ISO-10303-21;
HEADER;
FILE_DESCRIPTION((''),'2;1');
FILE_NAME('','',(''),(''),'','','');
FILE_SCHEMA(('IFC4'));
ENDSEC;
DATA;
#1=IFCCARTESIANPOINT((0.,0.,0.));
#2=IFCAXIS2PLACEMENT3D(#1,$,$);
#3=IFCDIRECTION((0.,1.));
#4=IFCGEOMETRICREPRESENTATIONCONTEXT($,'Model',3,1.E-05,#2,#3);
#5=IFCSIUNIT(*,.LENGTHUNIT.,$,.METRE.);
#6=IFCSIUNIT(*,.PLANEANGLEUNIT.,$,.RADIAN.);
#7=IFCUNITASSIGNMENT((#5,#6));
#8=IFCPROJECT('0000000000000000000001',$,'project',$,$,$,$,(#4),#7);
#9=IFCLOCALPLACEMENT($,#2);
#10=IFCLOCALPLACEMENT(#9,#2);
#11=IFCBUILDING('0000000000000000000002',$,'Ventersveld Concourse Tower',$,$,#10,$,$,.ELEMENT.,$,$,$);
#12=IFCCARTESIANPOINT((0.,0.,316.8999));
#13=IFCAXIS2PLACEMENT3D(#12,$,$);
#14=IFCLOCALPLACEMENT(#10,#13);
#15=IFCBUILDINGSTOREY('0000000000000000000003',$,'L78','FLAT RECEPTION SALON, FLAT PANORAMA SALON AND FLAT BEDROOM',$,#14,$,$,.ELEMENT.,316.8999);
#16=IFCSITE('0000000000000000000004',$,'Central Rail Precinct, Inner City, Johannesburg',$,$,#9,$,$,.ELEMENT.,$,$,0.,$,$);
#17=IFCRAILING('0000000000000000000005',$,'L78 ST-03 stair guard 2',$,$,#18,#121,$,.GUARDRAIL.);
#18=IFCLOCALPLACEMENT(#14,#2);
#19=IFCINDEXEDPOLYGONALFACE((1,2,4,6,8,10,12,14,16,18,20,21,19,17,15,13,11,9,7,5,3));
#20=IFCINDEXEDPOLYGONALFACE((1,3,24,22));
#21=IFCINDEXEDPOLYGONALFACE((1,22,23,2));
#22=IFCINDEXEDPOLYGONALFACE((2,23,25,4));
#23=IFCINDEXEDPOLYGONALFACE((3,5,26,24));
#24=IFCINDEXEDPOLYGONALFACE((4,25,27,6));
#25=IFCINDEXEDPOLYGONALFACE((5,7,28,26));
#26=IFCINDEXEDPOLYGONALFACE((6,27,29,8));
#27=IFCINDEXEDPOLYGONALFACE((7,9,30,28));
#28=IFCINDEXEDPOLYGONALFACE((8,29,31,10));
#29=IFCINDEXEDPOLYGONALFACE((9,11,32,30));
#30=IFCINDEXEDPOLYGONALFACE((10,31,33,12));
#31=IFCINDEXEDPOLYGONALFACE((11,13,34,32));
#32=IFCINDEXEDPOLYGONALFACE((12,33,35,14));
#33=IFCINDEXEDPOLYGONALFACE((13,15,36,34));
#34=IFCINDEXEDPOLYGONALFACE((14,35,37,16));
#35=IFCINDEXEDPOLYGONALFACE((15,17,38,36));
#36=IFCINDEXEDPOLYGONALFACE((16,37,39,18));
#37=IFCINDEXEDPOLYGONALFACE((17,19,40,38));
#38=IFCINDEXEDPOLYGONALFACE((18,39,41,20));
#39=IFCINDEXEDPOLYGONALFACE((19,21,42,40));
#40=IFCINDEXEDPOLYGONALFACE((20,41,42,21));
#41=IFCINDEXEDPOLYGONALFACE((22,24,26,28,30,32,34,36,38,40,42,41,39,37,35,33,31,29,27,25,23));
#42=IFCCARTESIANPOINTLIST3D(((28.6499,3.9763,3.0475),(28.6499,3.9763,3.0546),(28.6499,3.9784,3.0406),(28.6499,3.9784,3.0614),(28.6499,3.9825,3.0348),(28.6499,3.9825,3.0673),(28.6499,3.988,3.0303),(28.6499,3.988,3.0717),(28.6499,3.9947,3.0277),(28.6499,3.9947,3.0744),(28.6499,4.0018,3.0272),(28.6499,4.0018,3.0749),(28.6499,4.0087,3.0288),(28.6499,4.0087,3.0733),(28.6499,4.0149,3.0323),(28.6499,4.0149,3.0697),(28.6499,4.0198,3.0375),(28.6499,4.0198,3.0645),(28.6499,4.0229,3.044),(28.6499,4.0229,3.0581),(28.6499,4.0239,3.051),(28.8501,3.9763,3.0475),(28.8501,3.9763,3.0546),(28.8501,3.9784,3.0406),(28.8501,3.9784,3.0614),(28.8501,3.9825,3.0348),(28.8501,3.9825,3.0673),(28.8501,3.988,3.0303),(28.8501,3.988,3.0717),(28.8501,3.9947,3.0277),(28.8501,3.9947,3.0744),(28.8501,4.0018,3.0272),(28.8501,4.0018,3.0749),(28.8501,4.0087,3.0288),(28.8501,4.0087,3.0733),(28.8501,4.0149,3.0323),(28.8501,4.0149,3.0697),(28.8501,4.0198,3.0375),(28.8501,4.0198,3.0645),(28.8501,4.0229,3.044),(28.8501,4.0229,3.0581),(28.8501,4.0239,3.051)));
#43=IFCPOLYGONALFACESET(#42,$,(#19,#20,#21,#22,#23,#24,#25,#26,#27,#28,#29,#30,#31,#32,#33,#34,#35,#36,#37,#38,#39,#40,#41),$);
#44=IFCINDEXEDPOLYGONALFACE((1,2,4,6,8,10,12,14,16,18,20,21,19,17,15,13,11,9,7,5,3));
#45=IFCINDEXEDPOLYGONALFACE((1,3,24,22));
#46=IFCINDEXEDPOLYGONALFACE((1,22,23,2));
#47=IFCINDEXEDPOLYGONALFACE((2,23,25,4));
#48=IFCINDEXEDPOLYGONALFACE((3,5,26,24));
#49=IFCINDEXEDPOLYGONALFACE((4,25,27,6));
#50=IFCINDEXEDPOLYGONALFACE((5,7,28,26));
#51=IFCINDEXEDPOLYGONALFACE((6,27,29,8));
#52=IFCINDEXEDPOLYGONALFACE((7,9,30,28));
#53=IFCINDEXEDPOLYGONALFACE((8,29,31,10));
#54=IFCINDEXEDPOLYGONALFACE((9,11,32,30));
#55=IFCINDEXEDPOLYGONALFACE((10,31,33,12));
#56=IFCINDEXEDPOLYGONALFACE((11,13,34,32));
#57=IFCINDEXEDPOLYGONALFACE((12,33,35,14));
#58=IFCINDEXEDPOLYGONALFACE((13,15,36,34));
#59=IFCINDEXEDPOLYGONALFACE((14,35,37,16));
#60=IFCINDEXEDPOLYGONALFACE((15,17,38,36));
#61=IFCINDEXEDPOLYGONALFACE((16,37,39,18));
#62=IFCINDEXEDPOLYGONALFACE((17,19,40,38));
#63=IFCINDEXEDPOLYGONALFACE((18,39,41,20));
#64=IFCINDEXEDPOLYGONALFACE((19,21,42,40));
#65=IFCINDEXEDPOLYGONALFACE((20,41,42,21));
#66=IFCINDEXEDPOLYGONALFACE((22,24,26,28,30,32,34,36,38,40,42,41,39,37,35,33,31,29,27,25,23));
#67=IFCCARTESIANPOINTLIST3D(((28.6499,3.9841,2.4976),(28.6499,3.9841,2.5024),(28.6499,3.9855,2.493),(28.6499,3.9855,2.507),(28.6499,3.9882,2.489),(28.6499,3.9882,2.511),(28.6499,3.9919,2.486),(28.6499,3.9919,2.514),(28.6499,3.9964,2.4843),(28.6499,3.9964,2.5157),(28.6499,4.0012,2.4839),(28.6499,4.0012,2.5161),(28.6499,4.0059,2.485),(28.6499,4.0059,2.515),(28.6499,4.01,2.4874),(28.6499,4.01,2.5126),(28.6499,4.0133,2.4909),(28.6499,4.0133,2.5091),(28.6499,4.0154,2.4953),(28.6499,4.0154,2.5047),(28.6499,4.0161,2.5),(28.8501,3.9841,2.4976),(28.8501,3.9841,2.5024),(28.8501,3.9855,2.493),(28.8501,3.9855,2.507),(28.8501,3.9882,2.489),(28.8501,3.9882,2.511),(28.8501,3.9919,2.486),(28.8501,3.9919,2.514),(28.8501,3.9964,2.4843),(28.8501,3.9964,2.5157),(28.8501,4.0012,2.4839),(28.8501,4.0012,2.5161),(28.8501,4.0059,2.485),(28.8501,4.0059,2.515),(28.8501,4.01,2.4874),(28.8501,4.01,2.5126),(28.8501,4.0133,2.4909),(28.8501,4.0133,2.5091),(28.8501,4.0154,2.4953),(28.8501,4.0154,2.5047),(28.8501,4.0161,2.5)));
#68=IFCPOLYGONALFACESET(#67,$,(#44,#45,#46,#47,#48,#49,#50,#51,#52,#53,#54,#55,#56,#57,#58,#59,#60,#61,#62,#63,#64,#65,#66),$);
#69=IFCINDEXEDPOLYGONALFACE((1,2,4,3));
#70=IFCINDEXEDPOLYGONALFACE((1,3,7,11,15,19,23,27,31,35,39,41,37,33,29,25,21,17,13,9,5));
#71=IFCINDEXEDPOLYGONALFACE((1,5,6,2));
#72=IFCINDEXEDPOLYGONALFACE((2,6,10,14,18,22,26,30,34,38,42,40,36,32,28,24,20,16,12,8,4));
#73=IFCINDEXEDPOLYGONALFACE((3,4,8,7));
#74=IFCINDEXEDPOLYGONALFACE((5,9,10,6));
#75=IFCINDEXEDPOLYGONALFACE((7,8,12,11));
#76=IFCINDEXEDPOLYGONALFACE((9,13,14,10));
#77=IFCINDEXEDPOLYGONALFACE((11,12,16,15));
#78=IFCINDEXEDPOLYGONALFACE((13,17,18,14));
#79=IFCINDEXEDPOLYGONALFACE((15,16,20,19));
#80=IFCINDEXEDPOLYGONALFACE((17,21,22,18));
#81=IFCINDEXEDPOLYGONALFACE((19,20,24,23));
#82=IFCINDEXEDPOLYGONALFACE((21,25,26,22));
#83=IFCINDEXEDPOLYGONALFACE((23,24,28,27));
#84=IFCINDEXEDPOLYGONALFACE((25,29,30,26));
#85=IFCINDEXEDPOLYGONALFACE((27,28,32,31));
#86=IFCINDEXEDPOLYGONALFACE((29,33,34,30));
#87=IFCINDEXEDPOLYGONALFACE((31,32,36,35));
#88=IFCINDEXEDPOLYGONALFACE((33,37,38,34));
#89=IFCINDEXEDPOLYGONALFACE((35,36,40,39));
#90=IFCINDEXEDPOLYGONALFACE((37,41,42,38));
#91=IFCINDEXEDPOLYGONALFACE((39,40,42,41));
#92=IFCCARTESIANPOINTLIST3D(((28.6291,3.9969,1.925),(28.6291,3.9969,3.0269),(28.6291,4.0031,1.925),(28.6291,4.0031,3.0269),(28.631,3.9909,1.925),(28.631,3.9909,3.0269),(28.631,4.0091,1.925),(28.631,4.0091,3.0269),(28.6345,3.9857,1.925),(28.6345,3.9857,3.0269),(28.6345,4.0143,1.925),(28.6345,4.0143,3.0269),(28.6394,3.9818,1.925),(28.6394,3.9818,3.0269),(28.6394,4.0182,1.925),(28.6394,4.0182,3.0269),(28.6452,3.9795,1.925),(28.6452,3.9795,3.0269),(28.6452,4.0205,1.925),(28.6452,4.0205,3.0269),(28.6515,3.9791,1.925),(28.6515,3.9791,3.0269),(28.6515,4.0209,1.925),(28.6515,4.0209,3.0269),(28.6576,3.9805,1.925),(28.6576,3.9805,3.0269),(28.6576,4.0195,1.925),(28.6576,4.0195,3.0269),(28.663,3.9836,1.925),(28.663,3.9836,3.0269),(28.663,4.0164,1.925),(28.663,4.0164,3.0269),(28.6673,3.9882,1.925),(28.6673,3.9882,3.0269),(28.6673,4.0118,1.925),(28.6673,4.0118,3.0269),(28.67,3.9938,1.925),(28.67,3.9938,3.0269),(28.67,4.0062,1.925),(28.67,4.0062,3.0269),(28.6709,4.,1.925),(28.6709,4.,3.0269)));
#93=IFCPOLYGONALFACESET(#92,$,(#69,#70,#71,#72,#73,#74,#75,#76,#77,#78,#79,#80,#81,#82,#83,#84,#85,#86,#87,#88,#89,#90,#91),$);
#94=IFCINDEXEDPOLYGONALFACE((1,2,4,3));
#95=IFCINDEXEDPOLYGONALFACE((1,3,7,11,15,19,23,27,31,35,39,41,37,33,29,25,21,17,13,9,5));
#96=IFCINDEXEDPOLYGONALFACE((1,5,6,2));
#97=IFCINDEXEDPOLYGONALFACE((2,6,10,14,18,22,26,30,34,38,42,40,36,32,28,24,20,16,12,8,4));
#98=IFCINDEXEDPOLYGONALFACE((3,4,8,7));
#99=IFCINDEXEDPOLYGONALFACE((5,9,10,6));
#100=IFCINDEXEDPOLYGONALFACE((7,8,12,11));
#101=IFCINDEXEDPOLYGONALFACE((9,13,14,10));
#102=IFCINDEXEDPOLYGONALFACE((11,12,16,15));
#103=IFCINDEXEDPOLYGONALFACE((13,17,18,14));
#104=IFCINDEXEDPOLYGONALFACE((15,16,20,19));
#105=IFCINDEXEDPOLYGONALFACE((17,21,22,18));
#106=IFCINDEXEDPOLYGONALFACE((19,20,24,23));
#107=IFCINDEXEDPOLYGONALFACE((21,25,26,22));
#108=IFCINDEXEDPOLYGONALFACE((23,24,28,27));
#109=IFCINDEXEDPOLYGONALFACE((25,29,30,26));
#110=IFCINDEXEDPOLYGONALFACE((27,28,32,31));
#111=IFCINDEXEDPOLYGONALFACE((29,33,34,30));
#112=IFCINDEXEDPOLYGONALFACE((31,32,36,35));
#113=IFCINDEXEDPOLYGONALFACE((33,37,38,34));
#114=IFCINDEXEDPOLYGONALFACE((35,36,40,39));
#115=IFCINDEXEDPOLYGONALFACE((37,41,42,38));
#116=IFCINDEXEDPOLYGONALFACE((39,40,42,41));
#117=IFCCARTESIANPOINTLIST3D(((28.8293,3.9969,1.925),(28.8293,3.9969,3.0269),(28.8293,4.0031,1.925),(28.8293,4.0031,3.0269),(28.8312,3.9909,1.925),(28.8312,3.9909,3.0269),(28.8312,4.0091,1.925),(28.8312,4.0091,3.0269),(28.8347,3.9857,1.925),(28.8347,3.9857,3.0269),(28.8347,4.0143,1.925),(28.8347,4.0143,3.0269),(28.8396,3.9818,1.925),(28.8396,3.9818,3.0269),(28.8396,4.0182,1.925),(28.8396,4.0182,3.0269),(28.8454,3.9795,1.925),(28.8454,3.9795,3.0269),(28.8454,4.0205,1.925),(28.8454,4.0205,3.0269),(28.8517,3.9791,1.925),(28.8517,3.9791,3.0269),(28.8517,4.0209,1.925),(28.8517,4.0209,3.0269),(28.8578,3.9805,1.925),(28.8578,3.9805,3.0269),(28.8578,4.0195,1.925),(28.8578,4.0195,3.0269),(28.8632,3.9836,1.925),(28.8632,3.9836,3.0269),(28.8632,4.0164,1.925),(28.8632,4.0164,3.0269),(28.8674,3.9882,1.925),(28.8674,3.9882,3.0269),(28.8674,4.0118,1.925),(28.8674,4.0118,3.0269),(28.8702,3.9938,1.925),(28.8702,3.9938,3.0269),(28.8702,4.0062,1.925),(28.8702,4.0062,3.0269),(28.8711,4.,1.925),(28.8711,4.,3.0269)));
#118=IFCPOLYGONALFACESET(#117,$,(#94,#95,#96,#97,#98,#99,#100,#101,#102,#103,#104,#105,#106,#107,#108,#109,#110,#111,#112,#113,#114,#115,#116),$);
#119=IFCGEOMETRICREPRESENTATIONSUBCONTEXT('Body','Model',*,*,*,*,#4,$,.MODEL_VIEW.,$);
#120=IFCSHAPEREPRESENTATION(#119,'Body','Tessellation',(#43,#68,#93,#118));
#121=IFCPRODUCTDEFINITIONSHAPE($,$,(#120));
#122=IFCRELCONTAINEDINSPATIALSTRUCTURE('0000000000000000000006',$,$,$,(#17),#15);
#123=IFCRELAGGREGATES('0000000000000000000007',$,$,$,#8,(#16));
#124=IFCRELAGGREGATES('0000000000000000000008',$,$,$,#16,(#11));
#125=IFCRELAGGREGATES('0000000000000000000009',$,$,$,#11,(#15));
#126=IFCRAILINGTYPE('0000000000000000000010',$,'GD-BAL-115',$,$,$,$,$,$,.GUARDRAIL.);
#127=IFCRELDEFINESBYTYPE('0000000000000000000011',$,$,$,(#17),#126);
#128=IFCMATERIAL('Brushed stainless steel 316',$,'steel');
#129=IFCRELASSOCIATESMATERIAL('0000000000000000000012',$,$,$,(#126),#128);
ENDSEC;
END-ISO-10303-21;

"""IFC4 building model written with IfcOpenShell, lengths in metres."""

from ifc_helpers import new_model, si_unit, direction, frame, origin, origin_2d, place, context, subcontext, project, spatial, circle, extrude, material, type_object, element, save


model = new_model("IFC4")

# Units and contexts
model_context = context("Model", 3, precision=1e-05, world=origin(), true_north=direction((0.0, 1.0)))
body_context = subcontext(model_context, "Body", "Model", "MODEL_VIEW")
ifc_project = project(units=[si_unit("LENGTHUNIT", "METRE"), si_unit("PLANEANGLEUNIT", "RADIAN")], contexts=[model_context])

# Site, building, storey
site_placement = place(None, origin())
site = spatial("IfcSite", under=ifc_project, at=site_placement, Name="Central Rail Precinct, Inner City, Johannesburg", CompositionType="ELEMENT", RefElevation=0.0)
building_placement = place(site_placement, origin())
building = spatial("IfcBuilding", under=site, at=building_placement, Name="Ventersveld Concourse Tower", CompositionType="ELEMENT")
storey_placement = place(building_placement, frame((0.0, 0.0, 316.8999)))
storey = spatial("IfcBuildingStorey", under=building, at=storey_placement, Name="L78", Description="FLAT RECEPTION SALON, FLAT PANORAMA SALON AND FLAT BEDROOM", CompositionType="ELEMENT", Elevation=316.8999)

# Shared definitions
ifc_material_1 = material(Name="Brushed stainless steel 316", Category="steel")

# Railing
railing_type_1 = type_object("IfcRailingType", Name="GD-BAL-115", PredefinedType="GUARDRAIL", material=ifc_material_1)
railing_1_placement = place(storey_placement, frame((28.6499, 4.0, 1.925)))
element("IfcRailing", 1, at=railing_1_placement, inside=storey, type_object=railing_type_1, Name="L78 ST-03 stair guard 2", PredefinedType="GUARDRAIL", context=body_context, shape_type="SweptSolid", body=[
    extrude(circle(Radius=0.0239, at=origin_2d()), frame((0.0, 0.0, 1.126), z_axis=(1.0, 0.0, 0.0), x_axis=(0.0, 1.0, 0.0)), (0.0, 0.0, 1.0), 0.2002),
    extrude(circle(Radius=0.0161, at=origin_2d()), frame((0.0, 0.0, 0.575), z_axis=(1.0, 0.0, 0.0), x_axis=(0.0, 1.0, 0.0)), (0.0, 0.0, 1.0), 0.2002),
    extrude(circle(Radius=0.021, at=origin_2d()), origin(), (0.0, 0.0, 1.0), 1.1018),
    extrude(circle(Radius=0.021, at=origin_2d()), frame((0.2002, 0.0, 0.0)), (0.0, 0.0, 1.0), 1.1018),
])

save(model, "model.ifc")
